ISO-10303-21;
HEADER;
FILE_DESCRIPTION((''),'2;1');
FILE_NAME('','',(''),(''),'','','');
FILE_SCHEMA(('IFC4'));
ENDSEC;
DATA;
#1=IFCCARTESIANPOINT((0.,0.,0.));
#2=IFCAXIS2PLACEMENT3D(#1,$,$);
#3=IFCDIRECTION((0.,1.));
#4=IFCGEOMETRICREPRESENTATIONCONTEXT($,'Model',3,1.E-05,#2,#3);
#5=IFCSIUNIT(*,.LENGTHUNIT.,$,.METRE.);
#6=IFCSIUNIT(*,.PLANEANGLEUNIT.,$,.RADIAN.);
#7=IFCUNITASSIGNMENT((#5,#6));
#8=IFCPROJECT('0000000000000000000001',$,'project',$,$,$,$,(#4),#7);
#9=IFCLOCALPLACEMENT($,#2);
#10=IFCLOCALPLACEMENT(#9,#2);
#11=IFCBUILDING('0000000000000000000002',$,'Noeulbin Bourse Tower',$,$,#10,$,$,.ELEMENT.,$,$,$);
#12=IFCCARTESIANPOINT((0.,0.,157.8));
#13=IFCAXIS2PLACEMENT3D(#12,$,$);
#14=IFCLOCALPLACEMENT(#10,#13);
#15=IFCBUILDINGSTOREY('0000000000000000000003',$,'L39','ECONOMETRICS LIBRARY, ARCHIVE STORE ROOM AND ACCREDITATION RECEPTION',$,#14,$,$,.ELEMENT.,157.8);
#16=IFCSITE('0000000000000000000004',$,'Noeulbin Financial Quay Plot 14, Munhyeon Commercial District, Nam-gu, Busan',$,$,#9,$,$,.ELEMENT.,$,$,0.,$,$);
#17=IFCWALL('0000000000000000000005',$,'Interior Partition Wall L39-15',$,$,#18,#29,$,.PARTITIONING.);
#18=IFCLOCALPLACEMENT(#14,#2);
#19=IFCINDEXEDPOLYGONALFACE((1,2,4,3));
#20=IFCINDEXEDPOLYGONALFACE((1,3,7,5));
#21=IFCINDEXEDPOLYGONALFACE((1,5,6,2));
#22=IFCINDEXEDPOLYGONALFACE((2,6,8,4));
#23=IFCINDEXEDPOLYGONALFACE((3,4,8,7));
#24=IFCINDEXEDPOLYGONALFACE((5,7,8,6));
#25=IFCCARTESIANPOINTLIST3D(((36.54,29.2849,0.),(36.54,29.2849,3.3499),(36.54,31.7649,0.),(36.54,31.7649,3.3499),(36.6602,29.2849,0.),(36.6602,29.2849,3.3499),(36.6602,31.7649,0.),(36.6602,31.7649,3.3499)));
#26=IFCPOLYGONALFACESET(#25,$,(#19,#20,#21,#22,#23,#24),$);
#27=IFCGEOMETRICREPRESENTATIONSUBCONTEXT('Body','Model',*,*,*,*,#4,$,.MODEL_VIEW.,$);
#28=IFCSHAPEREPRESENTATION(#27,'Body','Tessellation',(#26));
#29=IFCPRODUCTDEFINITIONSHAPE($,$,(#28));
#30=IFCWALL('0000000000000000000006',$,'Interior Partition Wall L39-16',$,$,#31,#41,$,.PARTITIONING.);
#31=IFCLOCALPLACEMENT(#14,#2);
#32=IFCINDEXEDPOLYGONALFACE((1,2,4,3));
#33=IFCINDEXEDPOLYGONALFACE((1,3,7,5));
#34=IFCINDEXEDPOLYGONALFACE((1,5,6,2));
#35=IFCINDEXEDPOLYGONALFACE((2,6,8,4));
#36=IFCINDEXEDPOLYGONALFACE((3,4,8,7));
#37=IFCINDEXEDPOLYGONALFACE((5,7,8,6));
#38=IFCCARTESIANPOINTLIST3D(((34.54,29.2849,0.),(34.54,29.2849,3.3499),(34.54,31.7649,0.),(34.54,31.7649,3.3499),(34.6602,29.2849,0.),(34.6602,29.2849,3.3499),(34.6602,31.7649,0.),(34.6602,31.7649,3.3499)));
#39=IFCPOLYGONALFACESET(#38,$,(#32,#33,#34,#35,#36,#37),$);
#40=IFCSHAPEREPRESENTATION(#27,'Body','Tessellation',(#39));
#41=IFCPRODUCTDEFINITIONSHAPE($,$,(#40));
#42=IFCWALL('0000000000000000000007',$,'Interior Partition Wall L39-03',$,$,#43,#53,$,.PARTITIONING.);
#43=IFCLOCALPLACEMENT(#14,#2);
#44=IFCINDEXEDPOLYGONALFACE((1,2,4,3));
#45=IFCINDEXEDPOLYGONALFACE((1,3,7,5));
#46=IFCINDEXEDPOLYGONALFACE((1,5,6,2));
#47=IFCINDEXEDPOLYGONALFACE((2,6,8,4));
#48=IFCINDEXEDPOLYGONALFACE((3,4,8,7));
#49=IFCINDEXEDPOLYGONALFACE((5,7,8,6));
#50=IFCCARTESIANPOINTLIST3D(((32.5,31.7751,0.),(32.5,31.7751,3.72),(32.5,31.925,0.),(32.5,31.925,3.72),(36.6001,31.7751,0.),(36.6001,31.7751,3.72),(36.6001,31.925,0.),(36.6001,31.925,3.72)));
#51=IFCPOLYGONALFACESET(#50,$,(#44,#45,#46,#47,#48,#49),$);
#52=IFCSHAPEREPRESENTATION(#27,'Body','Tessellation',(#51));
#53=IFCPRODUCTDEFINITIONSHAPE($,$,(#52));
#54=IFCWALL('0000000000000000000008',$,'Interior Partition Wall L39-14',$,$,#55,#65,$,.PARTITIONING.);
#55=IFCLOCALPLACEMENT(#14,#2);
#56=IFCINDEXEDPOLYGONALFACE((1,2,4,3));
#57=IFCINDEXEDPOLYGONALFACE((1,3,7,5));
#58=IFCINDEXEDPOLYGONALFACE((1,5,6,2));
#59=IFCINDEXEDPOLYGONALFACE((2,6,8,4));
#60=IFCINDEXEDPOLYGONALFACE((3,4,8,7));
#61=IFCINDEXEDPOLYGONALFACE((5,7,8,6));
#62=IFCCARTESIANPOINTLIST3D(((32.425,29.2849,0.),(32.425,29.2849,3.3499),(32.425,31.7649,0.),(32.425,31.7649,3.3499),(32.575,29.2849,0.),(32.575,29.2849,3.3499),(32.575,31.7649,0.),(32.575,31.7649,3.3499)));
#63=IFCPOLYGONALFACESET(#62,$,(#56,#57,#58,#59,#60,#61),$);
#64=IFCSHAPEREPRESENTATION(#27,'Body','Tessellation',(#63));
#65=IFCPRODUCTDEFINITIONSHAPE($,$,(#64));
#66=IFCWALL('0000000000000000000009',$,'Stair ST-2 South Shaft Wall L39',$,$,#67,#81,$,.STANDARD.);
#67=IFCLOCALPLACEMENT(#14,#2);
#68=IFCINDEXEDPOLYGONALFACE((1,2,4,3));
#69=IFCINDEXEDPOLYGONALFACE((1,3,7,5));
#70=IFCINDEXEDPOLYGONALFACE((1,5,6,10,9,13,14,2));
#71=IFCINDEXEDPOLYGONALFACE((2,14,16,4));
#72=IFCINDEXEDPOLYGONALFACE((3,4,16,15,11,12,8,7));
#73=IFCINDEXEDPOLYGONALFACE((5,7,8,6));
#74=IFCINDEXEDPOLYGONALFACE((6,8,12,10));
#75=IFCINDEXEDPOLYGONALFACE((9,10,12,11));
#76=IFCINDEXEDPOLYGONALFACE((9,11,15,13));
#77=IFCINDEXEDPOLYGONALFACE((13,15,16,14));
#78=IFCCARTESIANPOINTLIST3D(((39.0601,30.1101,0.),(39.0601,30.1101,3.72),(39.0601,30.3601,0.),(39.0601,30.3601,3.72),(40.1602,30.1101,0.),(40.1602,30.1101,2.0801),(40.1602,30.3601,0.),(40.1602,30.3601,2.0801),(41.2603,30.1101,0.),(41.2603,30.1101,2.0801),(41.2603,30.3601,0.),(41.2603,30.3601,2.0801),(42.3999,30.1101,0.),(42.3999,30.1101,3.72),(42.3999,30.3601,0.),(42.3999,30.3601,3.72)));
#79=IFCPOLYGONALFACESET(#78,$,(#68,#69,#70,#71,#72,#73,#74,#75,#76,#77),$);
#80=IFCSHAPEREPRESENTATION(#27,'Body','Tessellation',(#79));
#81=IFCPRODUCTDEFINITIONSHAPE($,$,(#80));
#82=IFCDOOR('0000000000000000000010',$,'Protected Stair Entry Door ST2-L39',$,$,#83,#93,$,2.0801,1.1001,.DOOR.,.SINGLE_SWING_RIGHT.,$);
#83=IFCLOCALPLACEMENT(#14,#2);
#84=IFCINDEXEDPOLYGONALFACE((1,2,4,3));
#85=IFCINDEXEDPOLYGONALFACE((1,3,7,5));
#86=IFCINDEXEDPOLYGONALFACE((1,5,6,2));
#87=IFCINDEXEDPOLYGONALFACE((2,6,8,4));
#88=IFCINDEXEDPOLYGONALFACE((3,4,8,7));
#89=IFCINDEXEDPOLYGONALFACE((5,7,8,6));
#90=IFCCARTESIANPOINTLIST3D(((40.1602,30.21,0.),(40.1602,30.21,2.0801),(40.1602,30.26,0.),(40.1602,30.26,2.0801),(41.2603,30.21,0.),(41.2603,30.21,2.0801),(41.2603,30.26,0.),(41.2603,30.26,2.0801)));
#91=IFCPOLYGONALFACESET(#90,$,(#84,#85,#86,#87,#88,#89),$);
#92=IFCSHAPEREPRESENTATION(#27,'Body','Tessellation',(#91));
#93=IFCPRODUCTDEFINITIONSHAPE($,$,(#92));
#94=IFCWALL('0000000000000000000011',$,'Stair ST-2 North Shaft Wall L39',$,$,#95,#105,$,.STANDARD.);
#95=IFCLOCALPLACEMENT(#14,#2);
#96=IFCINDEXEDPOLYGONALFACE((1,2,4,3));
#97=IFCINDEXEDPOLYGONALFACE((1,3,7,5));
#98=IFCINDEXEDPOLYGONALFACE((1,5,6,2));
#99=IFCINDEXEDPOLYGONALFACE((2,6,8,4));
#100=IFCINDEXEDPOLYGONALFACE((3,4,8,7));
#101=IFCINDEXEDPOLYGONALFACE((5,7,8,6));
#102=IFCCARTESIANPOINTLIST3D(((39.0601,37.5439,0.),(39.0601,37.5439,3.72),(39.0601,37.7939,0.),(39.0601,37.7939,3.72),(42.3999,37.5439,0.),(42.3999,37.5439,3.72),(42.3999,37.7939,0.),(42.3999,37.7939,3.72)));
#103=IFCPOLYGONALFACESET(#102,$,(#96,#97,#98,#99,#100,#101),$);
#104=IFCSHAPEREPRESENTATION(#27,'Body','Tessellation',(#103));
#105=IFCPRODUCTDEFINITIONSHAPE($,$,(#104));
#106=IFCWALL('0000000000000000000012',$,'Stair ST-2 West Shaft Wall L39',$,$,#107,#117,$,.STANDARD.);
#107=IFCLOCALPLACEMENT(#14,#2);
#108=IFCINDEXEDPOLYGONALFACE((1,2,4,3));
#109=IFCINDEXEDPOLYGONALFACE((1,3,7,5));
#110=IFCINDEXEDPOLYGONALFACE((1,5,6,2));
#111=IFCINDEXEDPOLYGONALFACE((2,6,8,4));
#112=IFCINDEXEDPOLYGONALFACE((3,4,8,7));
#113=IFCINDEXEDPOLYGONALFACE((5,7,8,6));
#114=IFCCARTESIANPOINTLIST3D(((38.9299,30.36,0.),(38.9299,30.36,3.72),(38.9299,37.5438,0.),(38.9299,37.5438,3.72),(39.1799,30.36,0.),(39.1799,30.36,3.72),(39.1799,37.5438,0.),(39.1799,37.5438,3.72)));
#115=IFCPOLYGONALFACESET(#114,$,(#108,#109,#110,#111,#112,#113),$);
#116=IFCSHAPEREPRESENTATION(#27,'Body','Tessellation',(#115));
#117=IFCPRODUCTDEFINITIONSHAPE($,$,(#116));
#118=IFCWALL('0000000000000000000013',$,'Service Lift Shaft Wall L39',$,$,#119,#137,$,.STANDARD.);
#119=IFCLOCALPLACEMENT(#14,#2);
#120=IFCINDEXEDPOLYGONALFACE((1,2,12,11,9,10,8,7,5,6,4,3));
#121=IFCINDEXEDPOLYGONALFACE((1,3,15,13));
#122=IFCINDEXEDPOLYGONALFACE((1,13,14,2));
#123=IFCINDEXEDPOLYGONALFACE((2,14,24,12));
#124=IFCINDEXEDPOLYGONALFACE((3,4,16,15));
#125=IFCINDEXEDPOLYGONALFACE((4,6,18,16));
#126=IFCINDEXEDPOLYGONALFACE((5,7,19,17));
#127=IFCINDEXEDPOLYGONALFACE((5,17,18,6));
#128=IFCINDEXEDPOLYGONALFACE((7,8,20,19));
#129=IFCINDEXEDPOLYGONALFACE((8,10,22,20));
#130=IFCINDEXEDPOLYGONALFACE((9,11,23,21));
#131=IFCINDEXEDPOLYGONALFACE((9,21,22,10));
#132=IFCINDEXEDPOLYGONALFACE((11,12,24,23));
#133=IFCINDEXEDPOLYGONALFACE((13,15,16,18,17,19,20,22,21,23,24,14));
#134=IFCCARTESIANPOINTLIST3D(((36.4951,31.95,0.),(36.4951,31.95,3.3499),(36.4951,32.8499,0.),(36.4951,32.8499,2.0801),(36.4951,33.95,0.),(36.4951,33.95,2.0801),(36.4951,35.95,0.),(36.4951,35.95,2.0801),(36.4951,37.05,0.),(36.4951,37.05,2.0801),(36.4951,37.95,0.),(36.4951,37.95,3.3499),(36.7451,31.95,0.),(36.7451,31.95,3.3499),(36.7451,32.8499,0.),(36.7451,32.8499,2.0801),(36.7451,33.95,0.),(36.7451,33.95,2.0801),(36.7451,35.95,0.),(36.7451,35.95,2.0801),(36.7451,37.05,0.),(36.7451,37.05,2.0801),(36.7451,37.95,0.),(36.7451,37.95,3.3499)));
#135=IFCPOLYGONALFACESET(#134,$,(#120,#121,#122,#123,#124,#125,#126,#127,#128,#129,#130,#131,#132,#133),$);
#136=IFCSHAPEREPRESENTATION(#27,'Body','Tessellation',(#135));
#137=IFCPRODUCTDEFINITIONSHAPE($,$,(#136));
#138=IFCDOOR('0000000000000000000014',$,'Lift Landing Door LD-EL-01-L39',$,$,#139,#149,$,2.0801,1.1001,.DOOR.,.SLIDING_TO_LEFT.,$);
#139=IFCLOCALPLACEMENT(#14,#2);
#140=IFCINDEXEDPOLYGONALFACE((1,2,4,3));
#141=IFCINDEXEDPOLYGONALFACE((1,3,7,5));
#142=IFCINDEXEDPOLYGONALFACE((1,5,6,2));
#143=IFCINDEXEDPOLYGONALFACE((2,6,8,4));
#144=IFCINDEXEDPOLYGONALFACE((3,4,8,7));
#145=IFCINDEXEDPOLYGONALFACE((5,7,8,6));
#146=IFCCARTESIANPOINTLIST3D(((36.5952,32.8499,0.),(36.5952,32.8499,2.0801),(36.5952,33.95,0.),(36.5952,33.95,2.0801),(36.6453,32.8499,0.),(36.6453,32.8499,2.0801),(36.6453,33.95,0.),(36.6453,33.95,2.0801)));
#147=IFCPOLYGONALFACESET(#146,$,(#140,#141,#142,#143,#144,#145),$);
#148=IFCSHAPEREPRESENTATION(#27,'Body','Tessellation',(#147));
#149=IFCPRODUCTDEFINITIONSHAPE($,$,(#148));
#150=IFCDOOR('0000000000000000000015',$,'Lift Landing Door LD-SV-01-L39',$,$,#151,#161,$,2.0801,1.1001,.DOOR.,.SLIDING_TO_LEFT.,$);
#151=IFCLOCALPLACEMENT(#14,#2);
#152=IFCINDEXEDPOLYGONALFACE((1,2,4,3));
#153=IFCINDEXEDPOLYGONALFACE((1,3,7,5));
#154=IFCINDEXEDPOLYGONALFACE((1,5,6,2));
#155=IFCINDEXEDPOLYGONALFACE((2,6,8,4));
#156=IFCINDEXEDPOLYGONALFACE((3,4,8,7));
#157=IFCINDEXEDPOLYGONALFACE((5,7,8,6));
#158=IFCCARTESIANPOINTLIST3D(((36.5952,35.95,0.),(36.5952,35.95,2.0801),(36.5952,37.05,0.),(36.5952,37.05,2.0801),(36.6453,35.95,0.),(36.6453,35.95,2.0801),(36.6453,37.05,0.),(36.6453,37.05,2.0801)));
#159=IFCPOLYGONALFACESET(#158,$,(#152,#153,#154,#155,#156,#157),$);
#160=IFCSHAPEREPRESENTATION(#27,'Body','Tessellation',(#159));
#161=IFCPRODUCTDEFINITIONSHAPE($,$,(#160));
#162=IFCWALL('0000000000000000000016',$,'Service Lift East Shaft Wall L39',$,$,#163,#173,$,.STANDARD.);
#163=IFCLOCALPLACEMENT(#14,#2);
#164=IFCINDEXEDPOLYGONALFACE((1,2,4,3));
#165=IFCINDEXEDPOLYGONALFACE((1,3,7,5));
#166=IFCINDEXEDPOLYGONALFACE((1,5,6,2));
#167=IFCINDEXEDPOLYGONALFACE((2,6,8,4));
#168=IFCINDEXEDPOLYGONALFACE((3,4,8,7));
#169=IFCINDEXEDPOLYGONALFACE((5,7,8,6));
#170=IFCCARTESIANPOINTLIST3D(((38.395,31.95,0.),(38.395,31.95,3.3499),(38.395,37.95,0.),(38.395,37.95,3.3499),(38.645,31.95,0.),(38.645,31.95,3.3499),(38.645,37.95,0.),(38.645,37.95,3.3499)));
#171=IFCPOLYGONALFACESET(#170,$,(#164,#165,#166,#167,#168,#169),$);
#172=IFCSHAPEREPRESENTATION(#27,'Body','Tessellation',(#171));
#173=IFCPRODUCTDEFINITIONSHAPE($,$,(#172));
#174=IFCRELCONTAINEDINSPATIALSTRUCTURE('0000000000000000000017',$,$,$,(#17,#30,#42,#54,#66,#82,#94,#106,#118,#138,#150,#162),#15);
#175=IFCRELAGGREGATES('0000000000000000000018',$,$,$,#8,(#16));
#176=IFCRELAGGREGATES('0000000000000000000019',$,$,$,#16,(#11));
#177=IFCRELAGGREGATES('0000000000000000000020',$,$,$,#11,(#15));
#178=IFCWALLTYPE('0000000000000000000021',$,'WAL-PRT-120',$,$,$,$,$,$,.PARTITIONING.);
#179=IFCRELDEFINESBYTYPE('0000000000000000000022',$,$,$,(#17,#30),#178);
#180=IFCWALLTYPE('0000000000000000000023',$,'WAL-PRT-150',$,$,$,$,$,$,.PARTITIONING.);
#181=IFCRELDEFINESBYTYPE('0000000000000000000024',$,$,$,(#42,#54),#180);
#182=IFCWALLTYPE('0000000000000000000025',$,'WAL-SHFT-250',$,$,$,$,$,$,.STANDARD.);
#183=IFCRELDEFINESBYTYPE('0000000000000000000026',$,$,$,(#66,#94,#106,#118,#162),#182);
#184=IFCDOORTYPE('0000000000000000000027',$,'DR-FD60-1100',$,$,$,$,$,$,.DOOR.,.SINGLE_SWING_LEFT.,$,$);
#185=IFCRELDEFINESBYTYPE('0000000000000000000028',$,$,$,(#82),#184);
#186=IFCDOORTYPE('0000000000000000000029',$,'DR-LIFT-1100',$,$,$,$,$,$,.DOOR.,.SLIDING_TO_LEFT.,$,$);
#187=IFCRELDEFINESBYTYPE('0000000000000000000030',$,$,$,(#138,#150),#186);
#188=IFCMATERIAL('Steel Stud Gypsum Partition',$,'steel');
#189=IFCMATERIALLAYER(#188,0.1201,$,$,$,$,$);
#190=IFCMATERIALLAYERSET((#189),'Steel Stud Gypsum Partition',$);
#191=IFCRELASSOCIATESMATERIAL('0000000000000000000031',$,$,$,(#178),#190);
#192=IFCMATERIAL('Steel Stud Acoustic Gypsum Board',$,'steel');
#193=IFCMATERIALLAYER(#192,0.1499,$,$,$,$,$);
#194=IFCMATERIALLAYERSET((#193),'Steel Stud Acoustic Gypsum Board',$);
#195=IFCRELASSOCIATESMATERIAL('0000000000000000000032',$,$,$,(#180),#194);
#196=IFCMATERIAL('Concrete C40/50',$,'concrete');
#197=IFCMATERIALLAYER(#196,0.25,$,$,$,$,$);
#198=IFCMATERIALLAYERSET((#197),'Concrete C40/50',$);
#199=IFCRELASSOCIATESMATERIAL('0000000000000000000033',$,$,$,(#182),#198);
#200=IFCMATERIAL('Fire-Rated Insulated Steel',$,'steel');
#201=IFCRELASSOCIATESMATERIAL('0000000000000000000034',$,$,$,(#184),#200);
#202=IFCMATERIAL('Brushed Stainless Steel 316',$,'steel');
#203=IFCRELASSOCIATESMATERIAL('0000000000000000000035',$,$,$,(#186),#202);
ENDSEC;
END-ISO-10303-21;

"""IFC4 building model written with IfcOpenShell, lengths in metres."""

from ifc_helpers import new_model, si_unit, direction, frame, frame_2d, origin, place, context, subcontext, project, spatial, rectangle, extrude, material, layer, layer_set, type_object, element, fill, save


model = new_model("IFC4")

# Units and contexts
model_context = context("Model", 3, precision=1e-05, world=origin(), true_north=direction((0.0, 1.0)))
body_context = subcontext(model_context, "Body", "Model", "MODEL_VIEW")
ifc_project = project(units=[si_unit("LENGTHUNIT", "METRE"), si_unit("PLANEANGLEUNIT", "RADIAN")], contexts=[model_context])

# Site, building, storey
site_placement = place(None, origin())
site = spatial("IfcSite", under=ifc_project, at=site_placement, Name="Noeulbin Financial Quay Plot 14, Munhyeon Commercial District, Nam-gu, Busan", CompositionType="ELEMENT", RefElevation=0.0)
building_placement = place(site_placement, origin())
building = spatial("IfcBuilding", under=site, at=building_placement, Name="Noeulbin Bourse Tower", CompositionType="ELEMENT")
storey_placement = place(building_placement, frame((0.0, 0.0, 157.8)))
storey = spatial("IfcBuildingStorey", under=building, at=storey_placement, Name="L39", Description="ECONOMETRICS LIBRARY, ARCHIVE STORE ROOM AND ACCREDITATION RECEPTION", CompositionType="ELEMENT", Elevation=157.8)

# Walls
ifc_material_1 = material(Name="Concrete C40/50", Category="concrete")
ifc_material_2 = material(Name="Steel Stud Gypsum Partition", Category="steel")
ifc_layer_1 = layer(ifc_material_2, 0.1201)
ifc_layer_set_1 = layer_set([ifc_layer_1], Name="Steel Stud Gypsum Partition")
wall_type_1 = type_object("IfcWallType", Name="WAL-PRT-120", PredefinedType="PARTITIONING", material=ifc_layer_set_1)
for number, where, z_axis, x_axis, name in (
    (1, (36.6001, 29.2849, 0.0), (0.0, 0.0, 1.0), (0.0, 1.0, 0.0), "Interior Partition Wall L39-15"),
    (2, (34.6001, 29.2849, 0.0), (0.0, 0.0, 1.0), (0.0, 1.0, 0.0), "Interior Partition Wall L39-16"),
):
    element("IfcWall", number, at=place(storey_placement, frame(where, z_axis=z_axis, x_axis=x_axis)), inside=storey, type_object=wall_type_1, Name=name, PredefinedType="PARTITIONING", context=body_context, shape_type="SweptSolid", body=[
        extrude(rectangle(XDim=2.48, YDim=0.1201, at=frame_2d((1.24, 0.0))), origin(), (0.0, 0.0, 1.0), 3.3499),
    ])
ifc_material_3 = material(Name="Steel Stud Acoustic Gypsum Board", Category="steel")
ifc_layer_2 = layer(ifc_material_3, 0.1499)
ifc_layer_set_2 = layer_set([ifc_layer_2], Name="Steel Stud Acoustic Gypsum Board")
wall_type_2 = type_object("IfcWallType", Name="WAL-PRT-150", PredefinedType="PARTITIONING", material=ifc_layer_set_2)
wall_1_placement = place(storey_placement, frame((32.5, 31.8501, 0.0), z_axis=(0.0, 0.0, 1.0), x_axis=(1.0, 0.0, 0.0)))
element("IfcWall", 3, at=wall_1_placement, inside=storey, type_object=wall_type_2, Name="Interior Partition Wall L39-03", PredefinedType="PARTITIONING", context=body_context, shape_type="SweptSolid", body=[
    extrude(rectangle(XDim=4.1001, YDim=0.1499, at=frame_2d((2.05, 0.0))), origin(), (0.0, 0.0, 1.0), 3.72),
])
wall_2_placement = place(storey_placement, frame((32.5, 29.2849, 0.0), z_axis=(0.0, 0.0, 1.0), x_axis=(0.0, 1.0, 0.0)))
element("IfcWall", 4, at=wall_2_placement, inside=storey, type_object=wall_type_2, Name="Interior Partition Wall L39-14", PredefinedType="PARTITIONING", context=body_context, shape_type="SweptSolid", body=[
    extrude(rectangle(XDim=2.48, YDim=0.1499, at=frame_2d((1.24, 0.0))), origin(), (0.0, 0.0, 1.0), 3.3499),
])

# Wall, opening, door
ifc_layer_3 = layer(ifc_material_1, 0.25)
ifc_layer_set_3 = layer_set([ifc_layer_3], Name="Concrete C40/50")
wall_type_3 = type_object("IfcWallType", Name="WAL-SHFT-250", PredefinedType="STANDARD", material=ifc_layer_set_3)
wall_3_placement = place(storey_placement, frame((39.0601, 30.2351, 0.0), z_axis=(0.0, 0.0, 1.0), x_axis=(1.0, 0.0, 0.0)))
wall_3 = element("IfcWall", 5, at=wall_3_placement, inside=storey, type_object=wall_type_3, Name="Stair ST-2 South Shaft Wall L39", PredefinedType="STANDARD", context=body_context, shape_type="SweptSolid", body=[
    extrude(rectangle(XDim=3.3398, YDim=0.25, at=frame_2d((1.6699, 0.0))), origin(), (0.0, 0.0, 1.0), 3.72),
])
opening_1_placement = place(wall_3_placement, frame((1.1001, 0.0, 0.0)))
opening_1 = element("IfcOpeningElement", 6, at=opening_1_placement, cuts=wall_3, PredefinedType="OPENING", context=body_context, shape_type="SweptSolid", body=[
    extrude(rectangle(XDim=1.1001, YDim=2.0801, at=frame_2d((0.55, 1.04))), frame((0.0, 0.135, 0.0), z_axis=(0.0, -1.0, 0.0), x_axis=(1.0, 0.0, 0.0)), (0.0, 0.0, 1.0), 0.27),
])
ifc_material_4 = material(Name="Fire-Rated Insulated Steel", Category="steel")
door_type_1 = type_object("IfcDoorType", Name="DR-FD60-1100", OperationType="SINGLE_SWING_LEFT", PredefinedType="DOOR", material=ifc_material_4)
door_1_placement = place(opening_1_placement, origin())
door_1 = element("IfcDoor", 7, at=door_1_placement, inside=storey, type_object=door_type_1, Name="Protected Stair Entry Door ST2-L39", OperationType="SINGLE_SWING_RIGHT", OverallHeight=2.0801, OverallWidth=1.1001, PredefinedType="DOOR", context=body_context, shape_type="SweptSolid", body=[
    extrude(rectangle(XDim=1.1001, YDim=2.0801, at=frame_2d((0.55, 1.04))), frame((0.0, 0.0249, 0.0), z_axis=(0.0, -1.0, 0.0), x_axis=(1.0, 0.0, 0.0)), (0.0, 0.0, 1.0), 0.05),
])
fill(opening_1, door_1)

# Walls
wall_4_placement = place(storey_placement, frame((39.0601, 37.6689, 0.0), z_axis=(0.0, 0.0, 1.0), x_axis=(1.0, 0.0, 0.0)))
element("IfcWall", 8, at=wall_4_placement, inside=storey, type_object=wall_type_3, Name="Stair ST-2 North Shaft Wall L39", PredefinedType="STANDARD", context=body_context, shape_type="SweptSolid", body=[
    extrude(rectangle(XDim=3.3398, YDim=0.25, at=frame_2d((1.6699, 0.0))), origin(), (0.0, 0.0, 1.0), 3.72),
])
wall_5_placement = place(storey_placement, frame((39.0549, 30.3601, 0.0), z_axis=(0.0, 0.0, 1.0), x_axis=(0.0, 1.0, 0.0)))
element("IfcWall", 9, at=wall_5_placement, inside=storey, type_object=wall_type_3, Name="Stair ST-2 West Shaft Wall L39", PredefinedType="STANDARD", context=body_context, shape_type="SweptSolid", body=[
    extrude(rectangle(XDim=7.1838, YDim=0.25, at=frame_2d((3.5918, 0.0))), origin(), (0.0, 0.0, 1.0), 3.72),
])

# Wall, openings, doors
wall_6_placement = place(storey_placement, frame((36.6201, 31.95, 0.0), z_axis=(0.0, 0.0, 1.0), x_axis=(0.0, 1.0, 0.0)))
wall_6 = element("IfcWall", 10, at=wall_6_placement, inside=storey, type_object=wall_type_3, Name="Service Lift Shaft Wall L39", PredefinedType="STANDARD", context=body_context, shape_type="SweptSolid", body=[
    extrude(rectangle(XDim=6.0, YDim=0.25, at=frame_2d((3.0, 0.0))), origin(), (0.0, 0.0, 1.0), 3.3499),
])
opening_2_placement = place(wall_6_placement, frame((0.8999, 0.0, 0.0)))
opening_2 = element("IfcOpeningElement", 11, at=opening_2_placement, cuts=wall_6, PredefinedType="OPENING", context=body_context, shape_type="SweptSolid", body=[
    extrude(rectangle(XDim=1.1001, YDim=2.0801, at=frame_2d((0.55, 1.04))), frame((0.0, 0.135, 0.0), z_axis=(0.0, -1.0, 0.0), x_axis=(1.0, 0.0, 0.0)), (0.0, 0.0, 1.0), 0.27),
])
opening_3_placement = place(wall_6_placement, frame((4.0, 0.0, 0.0)))
opening_3 = element("IfcOpeningElement", 12, at=opening_3_placement, cuts=wall_6, PredefinedType="OPENING", context=body_context, shape_type="SweptSolid", body=[
    extrude(rectangle(XDim=1.1001, YDim=2.0801, at=frame_2d((0.55, 1.04))), frame((0.0, 0.135, 0.0), z_axis=(0.0, -1.0, 0.0), x_axis=(1.0, 0.0, 0.0)), (0.0, 0.0, 1.0), 0.27),
])
ifc_material_5 = material(Name="Brushed Stainless Steel 316", Category="steel")
door_type_2 = type_object("IfcDoorType", Name="DR-LIFT-1100", OperationType="SLIDING_TO_LEFT", PredefinedType="DOOR", material=ifc_material_5)
door_2_placement = place(opening_2_placement, origin())
door_2 = element("IfcDoor", 13, at=door_2_placement, inside=storey, type_object=door_type_2, Name="Lift Landing Door LD-EL-01-L39", OperationType="SLIDING_TO_LEFT", OverallHeight=2.0801, OverallWidth=1.1001, PredefinedType="DOOR", context=body_context, shape_type="SweptSolid", body=[
    extrude(rectangle(XDim=1.1001, YDim=2.0801, at=frame_2d((0.55, 1.04))), frame((0.0, 0.0249, 0.0), z_axis=(0.0, -1.0, 0.0), x_axis=(1.0, 0.0, 0.0)), (0.0, 0.0, 1.0), 0.05),
])
fill(opening_2, door_2)
door_3_placement = place(opening_3_placement, origin())
door_3 = element("IfcDoor", 14, at=door_3_placement, inside=storey, type_object=door_type_2, Name="Lift Landing Door LD-SV-01-L39", OperationType="SLIDING_TO_LEFT", OverallHeight=2.0801, OverallWidth=1.1001, PredefinedType="DOOR", context=body_context, shape_type="SweptSolid", body=[
    extrude(rectangle(XDim=1.1001, YDim=2.0801, at=frame_2d((0.55, 1.04))), frame((0.0, 0.0249, 0.0), z_axis=(0.0, -1.0, 0.0), x_axis=(1.0, 0.0, 0.0)), (0.0, 0.0, 1.0), 0.05),
])
fill(opening_3, door_3)

# Wall
wall_7_placement = place(storey_placement, frame((38.52, 31.95, 0.0), z_axis=(0.0, 0.0, 1.0), x_axis=(0.0, 1.0, 0.0)))
element("IfcWall", 15, at=wall_7_placement, inside=storey, type_object=wall_type_3, Name="Service Lift East Shaft Wall L39", PredefinedType="STANDARD", context=body_context, shape_type="SweptSolid", body=[
    extrude(rectangle(XDim=6.0, YDim=0.25, at=frame_2d((3.0, 0.0))), origin(), (0.0, 0.0, 1.0), 3.3499),
])

save(model, "model.ifc")
